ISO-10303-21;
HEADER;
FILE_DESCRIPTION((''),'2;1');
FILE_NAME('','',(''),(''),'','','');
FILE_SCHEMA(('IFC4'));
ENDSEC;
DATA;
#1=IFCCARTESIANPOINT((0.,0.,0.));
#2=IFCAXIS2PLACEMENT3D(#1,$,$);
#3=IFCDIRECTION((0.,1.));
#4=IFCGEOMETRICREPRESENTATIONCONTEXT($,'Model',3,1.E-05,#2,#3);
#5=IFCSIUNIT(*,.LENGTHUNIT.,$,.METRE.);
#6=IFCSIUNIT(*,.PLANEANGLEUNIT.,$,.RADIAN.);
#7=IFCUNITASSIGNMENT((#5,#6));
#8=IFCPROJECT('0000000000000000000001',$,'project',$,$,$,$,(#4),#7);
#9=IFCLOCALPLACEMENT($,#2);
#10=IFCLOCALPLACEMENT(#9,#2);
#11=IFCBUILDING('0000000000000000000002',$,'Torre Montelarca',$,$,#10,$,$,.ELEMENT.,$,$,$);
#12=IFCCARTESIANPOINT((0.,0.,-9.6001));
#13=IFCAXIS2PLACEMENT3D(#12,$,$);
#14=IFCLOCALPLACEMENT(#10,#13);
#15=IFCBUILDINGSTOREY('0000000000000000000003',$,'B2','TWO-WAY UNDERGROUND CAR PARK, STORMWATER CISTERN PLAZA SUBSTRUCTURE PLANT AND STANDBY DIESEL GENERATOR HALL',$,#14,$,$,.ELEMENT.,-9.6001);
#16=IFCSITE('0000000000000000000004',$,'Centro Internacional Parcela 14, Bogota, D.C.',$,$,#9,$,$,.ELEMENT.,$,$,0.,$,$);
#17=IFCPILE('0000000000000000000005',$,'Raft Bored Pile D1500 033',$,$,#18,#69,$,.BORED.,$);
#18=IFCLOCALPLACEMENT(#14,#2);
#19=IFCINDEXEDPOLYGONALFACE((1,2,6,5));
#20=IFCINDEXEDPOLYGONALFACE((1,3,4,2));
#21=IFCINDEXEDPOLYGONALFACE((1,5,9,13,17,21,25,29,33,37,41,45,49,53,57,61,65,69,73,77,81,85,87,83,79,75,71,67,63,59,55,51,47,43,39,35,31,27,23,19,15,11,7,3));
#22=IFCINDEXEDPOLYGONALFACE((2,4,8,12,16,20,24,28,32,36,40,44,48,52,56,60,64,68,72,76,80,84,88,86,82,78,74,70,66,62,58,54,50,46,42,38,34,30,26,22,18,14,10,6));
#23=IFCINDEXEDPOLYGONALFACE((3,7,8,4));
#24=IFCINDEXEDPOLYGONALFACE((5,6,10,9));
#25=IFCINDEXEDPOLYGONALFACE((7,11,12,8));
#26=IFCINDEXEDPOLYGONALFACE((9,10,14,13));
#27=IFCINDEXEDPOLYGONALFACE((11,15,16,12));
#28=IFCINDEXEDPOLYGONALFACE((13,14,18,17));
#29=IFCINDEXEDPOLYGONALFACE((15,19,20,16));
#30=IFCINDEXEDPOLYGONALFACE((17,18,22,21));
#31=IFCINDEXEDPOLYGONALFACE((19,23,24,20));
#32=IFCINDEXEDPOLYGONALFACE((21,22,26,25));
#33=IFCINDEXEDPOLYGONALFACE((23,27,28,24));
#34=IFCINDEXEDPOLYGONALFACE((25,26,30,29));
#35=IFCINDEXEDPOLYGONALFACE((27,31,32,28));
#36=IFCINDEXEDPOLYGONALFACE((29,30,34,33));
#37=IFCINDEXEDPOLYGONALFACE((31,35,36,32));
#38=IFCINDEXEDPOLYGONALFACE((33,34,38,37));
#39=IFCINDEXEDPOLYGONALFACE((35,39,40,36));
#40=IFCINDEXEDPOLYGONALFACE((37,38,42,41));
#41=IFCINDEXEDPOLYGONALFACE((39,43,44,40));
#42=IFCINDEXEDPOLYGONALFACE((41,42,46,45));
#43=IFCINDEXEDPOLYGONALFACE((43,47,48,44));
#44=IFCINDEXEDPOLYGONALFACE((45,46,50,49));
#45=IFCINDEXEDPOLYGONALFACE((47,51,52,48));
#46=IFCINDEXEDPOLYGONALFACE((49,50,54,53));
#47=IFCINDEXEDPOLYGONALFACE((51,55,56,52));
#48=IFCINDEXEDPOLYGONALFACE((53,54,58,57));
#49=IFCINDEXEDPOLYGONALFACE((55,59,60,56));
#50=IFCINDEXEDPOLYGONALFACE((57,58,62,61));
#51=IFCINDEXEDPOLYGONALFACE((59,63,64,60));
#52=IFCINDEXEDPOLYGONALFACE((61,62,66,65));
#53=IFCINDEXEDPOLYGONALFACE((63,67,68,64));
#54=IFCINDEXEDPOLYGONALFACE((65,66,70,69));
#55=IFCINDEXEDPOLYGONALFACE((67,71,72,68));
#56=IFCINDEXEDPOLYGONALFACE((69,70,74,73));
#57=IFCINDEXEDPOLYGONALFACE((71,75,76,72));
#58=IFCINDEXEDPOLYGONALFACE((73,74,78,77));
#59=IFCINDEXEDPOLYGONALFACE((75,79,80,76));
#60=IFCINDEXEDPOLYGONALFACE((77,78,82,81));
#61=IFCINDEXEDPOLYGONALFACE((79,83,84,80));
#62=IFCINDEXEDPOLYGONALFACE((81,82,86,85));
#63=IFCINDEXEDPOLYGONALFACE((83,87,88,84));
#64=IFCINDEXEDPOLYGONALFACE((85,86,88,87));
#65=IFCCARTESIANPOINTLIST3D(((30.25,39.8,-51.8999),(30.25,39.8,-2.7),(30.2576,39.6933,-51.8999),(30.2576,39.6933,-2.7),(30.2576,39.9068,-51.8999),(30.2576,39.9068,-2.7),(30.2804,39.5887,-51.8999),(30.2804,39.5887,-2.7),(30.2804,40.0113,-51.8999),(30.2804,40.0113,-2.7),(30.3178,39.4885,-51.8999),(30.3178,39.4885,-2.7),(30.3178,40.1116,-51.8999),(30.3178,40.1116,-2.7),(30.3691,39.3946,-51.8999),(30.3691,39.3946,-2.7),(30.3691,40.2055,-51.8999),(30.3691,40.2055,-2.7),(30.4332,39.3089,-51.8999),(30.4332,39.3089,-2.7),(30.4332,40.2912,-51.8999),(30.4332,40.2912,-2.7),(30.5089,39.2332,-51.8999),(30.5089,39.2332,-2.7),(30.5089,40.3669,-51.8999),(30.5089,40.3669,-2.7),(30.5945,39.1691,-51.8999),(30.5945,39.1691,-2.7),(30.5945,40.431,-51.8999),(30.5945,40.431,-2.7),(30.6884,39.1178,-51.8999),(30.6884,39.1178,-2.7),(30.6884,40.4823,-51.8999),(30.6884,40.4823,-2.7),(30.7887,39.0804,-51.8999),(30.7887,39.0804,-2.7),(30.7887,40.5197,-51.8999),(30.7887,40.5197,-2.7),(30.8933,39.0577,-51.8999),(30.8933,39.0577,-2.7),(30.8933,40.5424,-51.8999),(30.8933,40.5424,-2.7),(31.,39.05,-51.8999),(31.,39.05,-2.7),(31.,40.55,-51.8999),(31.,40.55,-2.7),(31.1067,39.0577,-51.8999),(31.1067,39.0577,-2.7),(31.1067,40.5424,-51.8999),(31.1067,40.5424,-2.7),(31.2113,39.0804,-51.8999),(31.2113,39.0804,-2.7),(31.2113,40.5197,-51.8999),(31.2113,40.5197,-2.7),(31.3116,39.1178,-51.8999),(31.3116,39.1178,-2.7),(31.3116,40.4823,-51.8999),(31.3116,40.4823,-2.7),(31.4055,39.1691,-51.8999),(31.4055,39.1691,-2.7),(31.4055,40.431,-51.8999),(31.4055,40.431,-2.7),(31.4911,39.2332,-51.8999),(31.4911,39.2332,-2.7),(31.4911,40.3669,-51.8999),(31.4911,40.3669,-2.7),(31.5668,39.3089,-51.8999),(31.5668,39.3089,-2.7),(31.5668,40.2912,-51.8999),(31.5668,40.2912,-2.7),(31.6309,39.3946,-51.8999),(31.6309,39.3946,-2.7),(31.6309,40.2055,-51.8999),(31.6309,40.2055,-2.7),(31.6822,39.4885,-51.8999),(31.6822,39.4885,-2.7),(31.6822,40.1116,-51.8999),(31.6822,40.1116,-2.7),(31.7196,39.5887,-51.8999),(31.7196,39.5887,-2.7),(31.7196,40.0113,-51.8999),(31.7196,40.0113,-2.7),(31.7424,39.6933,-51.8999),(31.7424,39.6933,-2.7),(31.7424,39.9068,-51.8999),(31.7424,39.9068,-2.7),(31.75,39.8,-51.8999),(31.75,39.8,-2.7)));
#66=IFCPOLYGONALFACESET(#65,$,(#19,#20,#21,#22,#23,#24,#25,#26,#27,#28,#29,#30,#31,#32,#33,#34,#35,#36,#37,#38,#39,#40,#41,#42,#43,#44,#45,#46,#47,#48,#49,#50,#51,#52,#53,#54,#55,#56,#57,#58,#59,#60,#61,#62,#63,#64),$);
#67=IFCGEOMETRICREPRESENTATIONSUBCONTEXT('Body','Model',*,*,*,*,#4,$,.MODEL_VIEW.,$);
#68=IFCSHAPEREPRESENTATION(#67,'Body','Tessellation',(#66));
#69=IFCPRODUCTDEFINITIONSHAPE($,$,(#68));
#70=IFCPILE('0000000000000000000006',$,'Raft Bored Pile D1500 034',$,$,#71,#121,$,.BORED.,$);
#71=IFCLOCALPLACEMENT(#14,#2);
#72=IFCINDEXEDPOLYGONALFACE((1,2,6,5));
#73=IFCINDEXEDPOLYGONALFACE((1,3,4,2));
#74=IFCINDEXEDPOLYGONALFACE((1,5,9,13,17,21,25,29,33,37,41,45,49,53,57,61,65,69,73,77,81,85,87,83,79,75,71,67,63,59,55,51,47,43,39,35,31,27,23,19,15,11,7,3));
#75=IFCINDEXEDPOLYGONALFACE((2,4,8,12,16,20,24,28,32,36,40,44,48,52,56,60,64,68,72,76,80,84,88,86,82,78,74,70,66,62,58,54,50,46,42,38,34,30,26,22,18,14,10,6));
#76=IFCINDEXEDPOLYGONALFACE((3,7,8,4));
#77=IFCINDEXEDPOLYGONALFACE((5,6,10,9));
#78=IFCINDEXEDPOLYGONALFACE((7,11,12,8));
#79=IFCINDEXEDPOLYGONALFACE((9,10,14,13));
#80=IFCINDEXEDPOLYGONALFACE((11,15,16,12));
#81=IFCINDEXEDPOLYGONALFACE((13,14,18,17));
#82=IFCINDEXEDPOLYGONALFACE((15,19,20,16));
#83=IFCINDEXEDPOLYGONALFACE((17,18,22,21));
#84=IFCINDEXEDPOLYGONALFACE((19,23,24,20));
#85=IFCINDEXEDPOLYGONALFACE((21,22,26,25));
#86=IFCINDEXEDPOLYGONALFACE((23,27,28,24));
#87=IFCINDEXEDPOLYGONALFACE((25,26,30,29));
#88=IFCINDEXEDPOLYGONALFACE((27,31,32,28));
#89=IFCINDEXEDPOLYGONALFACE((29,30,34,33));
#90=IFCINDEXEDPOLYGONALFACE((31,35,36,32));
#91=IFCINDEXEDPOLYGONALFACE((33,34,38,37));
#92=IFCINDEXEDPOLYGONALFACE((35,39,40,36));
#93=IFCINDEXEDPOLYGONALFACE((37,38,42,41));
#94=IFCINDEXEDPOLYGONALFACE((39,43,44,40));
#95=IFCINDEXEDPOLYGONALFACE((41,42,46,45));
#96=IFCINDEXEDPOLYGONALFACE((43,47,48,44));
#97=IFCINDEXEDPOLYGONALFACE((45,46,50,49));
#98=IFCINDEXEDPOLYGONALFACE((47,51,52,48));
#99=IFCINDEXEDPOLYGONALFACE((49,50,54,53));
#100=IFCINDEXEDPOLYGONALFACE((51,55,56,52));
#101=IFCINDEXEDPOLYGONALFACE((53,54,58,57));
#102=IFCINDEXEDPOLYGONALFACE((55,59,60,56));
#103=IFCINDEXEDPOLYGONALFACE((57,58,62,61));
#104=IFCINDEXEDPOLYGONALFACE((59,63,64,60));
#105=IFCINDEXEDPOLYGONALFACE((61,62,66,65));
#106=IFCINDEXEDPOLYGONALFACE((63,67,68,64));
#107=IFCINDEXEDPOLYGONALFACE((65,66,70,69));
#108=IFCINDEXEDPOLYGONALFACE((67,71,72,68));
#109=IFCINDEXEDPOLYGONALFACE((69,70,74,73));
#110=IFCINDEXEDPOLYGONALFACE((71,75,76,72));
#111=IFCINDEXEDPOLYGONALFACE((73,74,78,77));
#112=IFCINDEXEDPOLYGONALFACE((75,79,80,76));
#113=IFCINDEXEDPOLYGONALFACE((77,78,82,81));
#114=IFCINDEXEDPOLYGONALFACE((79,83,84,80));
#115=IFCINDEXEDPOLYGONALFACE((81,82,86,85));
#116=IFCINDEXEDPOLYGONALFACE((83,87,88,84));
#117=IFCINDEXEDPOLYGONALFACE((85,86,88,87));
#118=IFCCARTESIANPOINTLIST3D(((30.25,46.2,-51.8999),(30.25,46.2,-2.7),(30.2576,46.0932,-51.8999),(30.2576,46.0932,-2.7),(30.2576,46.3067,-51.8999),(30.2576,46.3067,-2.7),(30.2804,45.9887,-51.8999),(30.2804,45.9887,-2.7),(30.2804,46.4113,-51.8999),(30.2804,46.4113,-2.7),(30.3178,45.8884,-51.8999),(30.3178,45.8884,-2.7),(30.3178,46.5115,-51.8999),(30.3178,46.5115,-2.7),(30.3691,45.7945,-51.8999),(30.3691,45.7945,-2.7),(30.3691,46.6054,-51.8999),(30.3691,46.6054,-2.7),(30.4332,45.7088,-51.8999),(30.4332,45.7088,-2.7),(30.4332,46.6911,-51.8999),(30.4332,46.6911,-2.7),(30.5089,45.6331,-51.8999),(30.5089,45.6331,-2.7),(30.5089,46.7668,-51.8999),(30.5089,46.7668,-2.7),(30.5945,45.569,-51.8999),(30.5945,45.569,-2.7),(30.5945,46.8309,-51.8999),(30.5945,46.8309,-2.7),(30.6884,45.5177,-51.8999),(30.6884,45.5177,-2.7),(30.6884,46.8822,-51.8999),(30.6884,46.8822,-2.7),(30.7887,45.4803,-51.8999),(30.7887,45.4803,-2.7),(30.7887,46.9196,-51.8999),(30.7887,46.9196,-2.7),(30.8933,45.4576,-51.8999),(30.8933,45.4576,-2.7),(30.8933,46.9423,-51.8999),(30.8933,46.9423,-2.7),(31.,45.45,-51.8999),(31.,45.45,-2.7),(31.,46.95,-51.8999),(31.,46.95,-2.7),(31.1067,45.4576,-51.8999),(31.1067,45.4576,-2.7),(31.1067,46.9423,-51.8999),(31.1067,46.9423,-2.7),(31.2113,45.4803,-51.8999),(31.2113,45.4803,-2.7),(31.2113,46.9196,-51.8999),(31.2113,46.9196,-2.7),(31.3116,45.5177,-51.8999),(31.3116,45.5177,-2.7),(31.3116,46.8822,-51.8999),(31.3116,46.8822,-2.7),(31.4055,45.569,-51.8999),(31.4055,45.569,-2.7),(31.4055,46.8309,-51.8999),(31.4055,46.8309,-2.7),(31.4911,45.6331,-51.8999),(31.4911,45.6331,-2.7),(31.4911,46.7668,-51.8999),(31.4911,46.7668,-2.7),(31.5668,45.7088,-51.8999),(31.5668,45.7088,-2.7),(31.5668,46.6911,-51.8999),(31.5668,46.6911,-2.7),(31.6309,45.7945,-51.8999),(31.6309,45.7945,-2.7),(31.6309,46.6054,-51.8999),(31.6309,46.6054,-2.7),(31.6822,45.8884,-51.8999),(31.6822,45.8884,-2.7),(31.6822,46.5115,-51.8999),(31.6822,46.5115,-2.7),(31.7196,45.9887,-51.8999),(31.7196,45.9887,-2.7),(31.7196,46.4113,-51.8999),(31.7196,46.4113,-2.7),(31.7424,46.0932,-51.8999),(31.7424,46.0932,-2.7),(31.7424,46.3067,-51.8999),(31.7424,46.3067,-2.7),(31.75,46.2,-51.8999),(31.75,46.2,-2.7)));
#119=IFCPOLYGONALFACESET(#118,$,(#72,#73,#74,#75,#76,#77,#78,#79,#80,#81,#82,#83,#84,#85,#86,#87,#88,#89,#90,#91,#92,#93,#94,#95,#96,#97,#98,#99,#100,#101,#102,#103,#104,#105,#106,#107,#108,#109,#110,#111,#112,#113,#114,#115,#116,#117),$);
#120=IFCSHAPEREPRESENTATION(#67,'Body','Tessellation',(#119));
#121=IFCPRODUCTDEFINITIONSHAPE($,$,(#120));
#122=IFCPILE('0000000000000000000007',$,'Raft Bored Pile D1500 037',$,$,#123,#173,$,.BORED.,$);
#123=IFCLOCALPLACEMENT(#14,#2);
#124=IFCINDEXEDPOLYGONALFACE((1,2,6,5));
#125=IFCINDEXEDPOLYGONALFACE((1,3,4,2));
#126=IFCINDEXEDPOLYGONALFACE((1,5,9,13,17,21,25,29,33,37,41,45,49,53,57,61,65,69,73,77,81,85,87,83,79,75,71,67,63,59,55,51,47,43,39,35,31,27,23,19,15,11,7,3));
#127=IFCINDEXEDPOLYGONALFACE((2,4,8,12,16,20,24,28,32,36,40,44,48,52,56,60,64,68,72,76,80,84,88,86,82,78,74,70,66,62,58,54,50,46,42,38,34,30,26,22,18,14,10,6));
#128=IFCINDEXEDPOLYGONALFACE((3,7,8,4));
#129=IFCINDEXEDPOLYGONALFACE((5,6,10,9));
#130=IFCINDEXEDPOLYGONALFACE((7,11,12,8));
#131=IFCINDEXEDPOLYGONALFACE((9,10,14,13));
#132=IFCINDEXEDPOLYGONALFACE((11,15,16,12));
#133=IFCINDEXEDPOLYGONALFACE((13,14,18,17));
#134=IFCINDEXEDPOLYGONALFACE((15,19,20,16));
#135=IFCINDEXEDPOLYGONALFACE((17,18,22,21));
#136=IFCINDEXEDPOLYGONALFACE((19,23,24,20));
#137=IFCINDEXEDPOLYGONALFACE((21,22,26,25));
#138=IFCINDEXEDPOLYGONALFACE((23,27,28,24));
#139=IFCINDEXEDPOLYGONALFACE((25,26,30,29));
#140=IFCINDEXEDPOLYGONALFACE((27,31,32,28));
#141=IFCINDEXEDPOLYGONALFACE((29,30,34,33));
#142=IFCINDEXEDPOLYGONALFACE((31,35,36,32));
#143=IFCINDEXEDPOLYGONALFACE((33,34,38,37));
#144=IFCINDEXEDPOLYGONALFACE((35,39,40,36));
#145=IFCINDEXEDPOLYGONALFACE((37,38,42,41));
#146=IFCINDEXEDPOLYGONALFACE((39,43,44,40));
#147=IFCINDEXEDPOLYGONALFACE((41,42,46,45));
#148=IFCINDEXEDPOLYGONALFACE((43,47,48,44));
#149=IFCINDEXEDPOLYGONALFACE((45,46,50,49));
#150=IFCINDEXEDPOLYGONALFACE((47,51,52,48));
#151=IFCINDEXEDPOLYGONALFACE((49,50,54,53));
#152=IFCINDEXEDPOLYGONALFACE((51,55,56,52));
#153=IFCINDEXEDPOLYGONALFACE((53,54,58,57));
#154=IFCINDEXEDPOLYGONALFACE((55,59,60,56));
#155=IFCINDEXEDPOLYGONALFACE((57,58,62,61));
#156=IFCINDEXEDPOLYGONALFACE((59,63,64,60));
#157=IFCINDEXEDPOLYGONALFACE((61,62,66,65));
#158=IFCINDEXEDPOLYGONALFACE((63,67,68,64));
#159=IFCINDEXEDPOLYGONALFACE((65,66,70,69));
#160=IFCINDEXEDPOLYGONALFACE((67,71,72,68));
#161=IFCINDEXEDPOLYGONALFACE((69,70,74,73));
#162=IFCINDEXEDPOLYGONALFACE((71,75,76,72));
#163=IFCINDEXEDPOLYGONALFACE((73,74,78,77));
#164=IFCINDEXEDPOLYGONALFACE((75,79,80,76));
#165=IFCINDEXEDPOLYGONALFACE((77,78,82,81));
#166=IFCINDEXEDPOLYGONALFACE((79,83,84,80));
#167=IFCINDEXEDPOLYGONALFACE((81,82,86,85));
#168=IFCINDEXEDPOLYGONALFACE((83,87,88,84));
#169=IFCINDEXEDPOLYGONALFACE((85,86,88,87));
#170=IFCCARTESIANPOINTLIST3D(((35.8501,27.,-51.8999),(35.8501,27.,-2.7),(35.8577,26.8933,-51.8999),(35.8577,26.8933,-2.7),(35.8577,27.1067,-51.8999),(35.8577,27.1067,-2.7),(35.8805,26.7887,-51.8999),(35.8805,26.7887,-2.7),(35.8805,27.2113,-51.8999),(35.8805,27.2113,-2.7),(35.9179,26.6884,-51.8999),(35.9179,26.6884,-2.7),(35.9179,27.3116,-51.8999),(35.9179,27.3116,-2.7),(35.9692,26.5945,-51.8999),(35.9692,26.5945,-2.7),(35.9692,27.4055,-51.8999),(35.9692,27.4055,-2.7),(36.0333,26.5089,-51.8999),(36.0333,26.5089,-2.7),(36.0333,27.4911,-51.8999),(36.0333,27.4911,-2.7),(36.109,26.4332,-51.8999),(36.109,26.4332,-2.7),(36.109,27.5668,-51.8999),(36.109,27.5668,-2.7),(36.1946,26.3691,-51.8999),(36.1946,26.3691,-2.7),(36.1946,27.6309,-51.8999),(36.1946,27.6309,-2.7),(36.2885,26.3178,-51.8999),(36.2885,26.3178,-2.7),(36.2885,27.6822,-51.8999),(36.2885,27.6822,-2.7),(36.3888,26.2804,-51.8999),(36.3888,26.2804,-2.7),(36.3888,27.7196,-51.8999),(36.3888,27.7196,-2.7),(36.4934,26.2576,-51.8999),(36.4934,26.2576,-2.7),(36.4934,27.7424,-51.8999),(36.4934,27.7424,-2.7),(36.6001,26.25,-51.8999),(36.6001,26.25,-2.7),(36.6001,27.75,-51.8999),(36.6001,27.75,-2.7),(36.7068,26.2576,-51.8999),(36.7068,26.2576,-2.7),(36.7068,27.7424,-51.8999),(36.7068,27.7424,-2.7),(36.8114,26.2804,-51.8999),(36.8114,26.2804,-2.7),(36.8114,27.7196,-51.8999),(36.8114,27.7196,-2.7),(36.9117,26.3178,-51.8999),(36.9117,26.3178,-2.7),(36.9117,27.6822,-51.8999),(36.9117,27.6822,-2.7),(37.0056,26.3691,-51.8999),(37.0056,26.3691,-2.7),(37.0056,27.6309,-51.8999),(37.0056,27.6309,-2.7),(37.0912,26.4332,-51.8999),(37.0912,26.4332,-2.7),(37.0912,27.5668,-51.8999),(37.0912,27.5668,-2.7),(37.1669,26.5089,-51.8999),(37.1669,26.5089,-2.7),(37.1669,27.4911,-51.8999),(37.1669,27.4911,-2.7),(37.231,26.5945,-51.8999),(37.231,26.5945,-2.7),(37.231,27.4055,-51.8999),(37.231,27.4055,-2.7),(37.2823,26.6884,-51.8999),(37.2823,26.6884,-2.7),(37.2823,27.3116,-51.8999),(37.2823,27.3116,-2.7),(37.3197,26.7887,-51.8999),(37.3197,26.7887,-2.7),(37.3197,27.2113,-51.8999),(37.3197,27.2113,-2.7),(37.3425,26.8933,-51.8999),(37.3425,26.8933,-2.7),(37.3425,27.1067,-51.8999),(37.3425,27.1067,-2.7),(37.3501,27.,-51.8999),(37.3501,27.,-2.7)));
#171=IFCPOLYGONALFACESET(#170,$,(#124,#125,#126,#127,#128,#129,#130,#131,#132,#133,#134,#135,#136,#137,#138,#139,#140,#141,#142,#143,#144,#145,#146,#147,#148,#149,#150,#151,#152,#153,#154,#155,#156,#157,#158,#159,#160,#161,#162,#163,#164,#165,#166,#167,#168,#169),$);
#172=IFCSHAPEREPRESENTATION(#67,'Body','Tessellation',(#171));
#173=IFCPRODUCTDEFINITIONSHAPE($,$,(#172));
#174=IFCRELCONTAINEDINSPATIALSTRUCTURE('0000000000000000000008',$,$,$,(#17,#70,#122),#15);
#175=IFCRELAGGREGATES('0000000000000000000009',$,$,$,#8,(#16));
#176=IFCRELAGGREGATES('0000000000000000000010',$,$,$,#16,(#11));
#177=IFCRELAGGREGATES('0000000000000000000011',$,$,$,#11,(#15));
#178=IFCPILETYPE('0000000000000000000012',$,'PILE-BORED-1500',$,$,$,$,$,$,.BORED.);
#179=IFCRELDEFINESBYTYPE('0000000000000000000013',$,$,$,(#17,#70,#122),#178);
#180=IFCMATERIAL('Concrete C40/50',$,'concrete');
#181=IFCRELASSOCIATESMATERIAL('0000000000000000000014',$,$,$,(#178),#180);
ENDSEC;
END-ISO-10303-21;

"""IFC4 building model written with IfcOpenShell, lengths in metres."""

from ifc_helpers import new_model, si_unit, direction, frame, origin, origin_2d, place, context, subcontext, project, spatial, circle, extrude, source, transform, mapped, material, material_profile, profile_set, type_object, element, save


model = new_model("IFC4")

# Units and contexts
model_context = context("Model", 3, precision=1e-05, world=origin(), true_north=direction((0.0, 1.0)))
body_context = subcontext(model_context, "Body", "Model", "MODEL_VIEW")
ifc_project = project(units=[si_unit("LENGTHUNIT", "METRE"), si_unit("PLANEANGLEUNIT", "RADIAN")], contexts=[model_context])

# Site, building, storey
site_placement = place(None, origin())
site = spatial("IfcSite", under=ifc_project, at=site_placement, Name="Centro Internacional Parcela 14, Bogota, D.C.", CompositionType="ELEMENT", RefElevation=0.0)
building_placement = place(site_placement, origin())
building = spatial("IfcBuilding", under=site, at=building_placement, Name="Torre Montelarca", CompositionType="ELEMENT")
storey_placement = place(building_placement, frame((0.0, 0.0, -9.6001)))
storey = spatial("IfcBuildingStorey", under=building, at=storey_placement, Name="B2", Description="TWO-WAY UNDERGROUND CAR PARK, STORMWATER CISTERN PLAZA SUBSTRUCTURE PLANT AND STANDBY DIESEL GENERATOR HALL", CompositionType="ELEMENT", Elevation=-9.6001)

# Piles
ifc_material_1 = material(Name="Concrete C40/50", Category="concrete")
ifc_material_profile_1 = material_profile(ifc_material_1, circle(Radius=0.75, at=origin_2d()), Name="PILE-D1500", Category="concrete")
ifc_profile_set_1 = profile_set([ifc_material_profile_1], Name="Concrete C40/50")
pile_type = type_object("IfcPileType", Name="PILE-BORED-1500", PredefinedType="BORED", material=ifc_profile_set_1)
shared_shape_1 = source(origin(), body_context, "Body", "SweptSolid", [
    extrude(circle(Radius=0.75, at=origin_2d()), origin(), (0.0, 0.0, 1.0), 49.2),
])
for number, where, z_axis, x_axis, name in (
    (1, (31.0, 39.8, -2.7), (0.0, 0.0, -1.0), (1.0, 0.0, 0.0), "Raft Bored Pile D1500 033"),
    (2, (31.0, 46.2, -2.7), (0.0, 0.0, -1.0), (1.0, 0.0, 0.0), "Raft Bored Pile D1500 034"),
    (3, (36.6001, 27.0, -2.7), (0.0, 0.0, -1.0), (1.0, 0.0, 0.0), "Raft Bored Pile D1500 037"),
):
    element("IfcPile", number, at=place(storey_placement, frame(where, z_axis=z_axis, x_axis=x_axis)), inside=storey, type_object=pile_type, Name=name, PredefinedType="BORED", context=body_context, shape_type="MappedRepresentation", body=[
        mapped(shared_shape_1, transform((0.0, 0.0, 0.0), scale=1.0)),
    ])

save(model, "model.ifc")
